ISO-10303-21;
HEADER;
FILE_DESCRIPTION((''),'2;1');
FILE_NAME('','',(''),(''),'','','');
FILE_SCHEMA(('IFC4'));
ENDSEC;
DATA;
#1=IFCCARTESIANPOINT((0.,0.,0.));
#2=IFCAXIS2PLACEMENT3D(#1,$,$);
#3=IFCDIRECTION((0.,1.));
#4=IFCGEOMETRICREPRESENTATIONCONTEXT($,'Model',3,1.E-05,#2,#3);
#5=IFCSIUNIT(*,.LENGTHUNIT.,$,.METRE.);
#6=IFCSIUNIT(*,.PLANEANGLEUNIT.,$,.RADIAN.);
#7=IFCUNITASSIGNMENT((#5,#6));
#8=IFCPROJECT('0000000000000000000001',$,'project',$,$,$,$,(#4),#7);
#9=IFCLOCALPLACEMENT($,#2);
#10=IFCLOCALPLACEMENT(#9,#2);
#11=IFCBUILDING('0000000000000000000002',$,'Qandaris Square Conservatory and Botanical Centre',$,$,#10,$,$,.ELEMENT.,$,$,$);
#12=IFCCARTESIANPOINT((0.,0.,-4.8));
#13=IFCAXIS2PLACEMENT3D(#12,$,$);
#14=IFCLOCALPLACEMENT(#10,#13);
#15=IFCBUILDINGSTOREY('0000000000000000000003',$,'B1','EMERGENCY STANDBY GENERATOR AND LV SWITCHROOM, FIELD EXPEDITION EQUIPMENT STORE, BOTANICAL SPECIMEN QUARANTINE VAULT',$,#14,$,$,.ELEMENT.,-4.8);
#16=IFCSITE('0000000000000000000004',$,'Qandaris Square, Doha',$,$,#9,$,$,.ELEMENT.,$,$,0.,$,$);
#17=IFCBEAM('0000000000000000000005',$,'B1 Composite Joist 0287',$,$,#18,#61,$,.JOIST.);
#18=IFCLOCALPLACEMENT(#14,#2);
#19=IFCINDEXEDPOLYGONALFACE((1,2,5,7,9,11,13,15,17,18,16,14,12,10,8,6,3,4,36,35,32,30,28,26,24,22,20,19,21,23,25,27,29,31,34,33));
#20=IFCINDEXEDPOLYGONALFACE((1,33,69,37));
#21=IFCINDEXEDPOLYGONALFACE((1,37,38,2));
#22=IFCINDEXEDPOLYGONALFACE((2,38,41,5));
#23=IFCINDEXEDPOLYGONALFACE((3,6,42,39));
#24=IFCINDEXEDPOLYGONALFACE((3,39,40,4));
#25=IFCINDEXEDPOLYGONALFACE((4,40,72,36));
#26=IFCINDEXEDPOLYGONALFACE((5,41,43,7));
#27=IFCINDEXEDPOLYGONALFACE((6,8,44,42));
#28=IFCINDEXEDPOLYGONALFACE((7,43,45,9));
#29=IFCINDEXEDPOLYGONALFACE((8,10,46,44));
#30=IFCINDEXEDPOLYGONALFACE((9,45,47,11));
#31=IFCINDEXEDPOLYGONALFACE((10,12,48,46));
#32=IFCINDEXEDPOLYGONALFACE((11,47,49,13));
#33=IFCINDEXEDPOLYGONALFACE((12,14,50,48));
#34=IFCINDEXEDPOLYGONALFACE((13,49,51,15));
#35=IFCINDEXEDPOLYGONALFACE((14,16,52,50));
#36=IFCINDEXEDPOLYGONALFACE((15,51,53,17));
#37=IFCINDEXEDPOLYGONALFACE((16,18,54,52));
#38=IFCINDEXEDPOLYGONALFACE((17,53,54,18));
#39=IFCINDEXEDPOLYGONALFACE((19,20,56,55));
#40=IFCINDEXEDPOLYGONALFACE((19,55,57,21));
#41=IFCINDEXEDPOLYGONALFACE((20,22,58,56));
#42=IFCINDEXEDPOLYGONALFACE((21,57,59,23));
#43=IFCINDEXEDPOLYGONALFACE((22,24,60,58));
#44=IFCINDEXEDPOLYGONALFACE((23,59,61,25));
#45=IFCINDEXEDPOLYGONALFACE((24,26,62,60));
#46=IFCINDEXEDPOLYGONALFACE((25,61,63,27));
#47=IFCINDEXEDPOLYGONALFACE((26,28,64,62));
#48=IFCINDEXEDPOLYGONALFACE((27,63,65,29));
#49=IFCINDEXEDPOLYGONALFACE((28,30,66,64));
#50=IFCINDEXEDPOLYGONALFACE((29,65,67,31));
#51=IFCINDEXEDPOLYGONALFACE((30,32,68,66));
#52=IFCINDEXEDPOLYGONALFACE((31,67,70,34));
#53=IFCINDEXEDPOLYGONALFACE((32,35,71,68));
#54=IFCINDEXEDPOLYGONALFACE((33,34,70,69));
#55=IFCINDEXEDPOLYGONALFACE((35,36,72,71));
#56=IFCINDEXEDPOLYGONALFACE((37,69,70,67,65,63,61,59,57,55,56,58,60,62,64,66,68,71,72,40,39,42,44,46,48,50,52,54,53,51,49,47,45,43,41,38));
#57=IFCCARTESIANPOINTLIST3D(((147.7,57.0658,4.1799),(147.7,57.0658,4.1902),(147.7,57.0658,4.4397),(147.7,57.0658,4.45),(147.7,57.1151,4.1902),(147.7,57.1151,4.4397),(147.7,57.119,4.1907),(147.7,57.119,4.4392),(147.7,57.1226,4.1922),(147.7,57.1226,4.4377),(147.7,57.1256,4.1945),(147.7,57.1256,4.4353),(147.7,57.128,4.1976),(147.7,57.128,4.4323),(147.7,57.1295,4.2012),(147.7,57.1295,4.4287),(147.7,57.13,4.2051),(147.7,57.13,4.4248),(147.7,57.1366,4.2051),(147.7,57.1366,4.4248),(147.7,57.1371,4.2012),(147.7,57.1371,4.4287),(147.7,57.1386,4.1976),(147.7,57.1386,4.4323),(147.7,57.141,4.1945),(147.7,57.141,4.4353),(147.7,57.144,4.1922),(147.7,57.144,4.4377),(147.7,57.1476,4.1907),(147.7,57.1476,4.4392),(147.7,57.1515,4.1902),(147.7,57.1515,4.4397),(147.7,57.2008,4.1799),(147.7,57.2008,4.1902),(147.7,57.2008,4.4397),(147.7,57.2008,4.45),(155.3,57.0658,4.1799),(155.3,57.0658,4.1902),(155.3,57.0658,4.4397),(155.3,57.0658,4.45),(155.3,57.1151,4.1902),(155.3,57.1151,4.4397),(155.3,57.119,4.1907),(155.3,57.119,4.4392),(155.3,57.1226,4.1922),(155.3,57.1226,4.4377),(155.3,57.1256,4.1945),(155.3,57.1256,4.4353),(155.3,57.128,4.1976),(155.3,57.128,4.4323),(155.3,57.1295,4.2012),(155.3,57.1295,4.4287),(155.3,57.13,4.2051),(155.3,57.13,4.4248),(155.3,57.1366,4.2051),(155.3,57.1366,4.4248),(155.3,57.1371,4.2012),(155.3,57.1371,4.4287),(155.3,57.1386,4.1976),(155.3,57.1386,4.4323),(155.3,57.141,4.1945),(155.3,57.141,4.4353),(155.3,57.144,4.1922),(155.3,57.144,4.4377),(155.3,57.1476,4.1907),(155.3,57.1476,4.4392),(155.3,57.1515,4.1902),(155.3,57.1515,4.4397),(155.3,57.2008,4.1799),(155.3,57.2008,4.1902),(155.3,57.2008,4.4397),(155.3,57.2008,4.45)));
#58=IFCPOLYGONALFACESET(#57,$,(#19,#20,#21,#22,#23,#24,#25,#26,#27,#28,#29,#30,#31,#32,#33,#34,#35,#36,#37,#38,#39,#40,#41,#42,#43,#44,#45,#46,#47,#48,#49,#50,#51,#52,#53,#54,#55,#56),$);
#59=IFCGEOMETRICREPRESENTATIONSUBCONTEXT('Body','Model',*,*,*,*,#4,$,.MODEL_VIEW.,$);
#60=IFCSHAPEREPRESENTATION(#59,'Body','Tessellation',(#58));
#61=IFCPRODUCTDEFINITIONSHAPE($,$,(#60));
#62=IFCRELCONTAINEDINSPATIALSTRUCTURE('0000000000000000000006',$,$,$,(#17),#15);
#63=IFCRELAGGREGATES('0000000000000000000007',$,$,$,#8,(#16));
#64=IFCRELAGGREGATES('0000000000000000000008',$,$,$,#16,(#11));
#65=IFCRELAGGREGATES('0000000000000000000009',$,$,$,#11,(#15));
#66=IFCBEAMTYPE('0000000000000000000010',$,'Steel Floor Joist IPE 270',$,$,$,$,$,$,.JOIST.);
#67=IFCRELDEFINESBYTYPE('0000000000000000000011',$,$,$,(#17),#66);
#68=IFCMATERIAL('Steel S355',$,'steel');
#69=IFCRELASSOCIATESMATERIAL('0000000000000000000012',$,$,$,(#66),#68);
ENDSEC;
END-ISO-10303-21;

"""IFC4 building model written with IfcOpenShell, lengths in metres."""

from ifc_helpers import new_model, si_unit, direction, frame, origin, origin_2d, place, context, subcontext, project, spatial, i_section, extrude, material, material_profile, profile_set, type_object, element, save


model = new_model("IFC4")

# Units and contexts
model_context = context("Model", 3, precision=1e-05, world=origin(), true_north=direction((0.0, 1.0)))
body_context = subcontext(model_context, "Body", "Model", "MODEL_VIEW")
ifc_project = project(units=[si_unit("LENGTHUNIT", "METRE"), si_unit("PLANEANGLEUNIT", "RADIAN")], contexts=[model_context])

# Site, building, storey
site_placement = place(None, origin())
site = spatial("IfcSite", under=ifc_project, at=site_placement, Name="Qandaris Square, Doha", CompositionType="ELEMENT", RefElevation=0.0)
building_placement = place(site_placement, origin())
building = spatial("IfcBuilding", under=site, at=building_placement, Name="Qandaris Square Conservatory and Botanical Centre", CompositionType="ELEMENT")
storey_placement = place(building_placement, frame((0.0, 0.0, -4.8)))
storey = spatial("IfcBuildingStorey", under=building, at=storey_placement, Name="B1", Description="EMERGENCY STANDBY GENERATOR AND LV SWITCHROOM, FIELD EXPEDITION EQUIPMENT STORE, BOTANICAL SPECIMEN QUARANTINE VAULT", CompositionType="ELEMENT", Elevation=-4.8)

# Beam
ifc_material_1 = material(Name="Steel S355", Category="steel")
ifc_material_profile_1 = material_profile(ifc_material_1, i_section(OverallWidth=0.135, OverallDepth=0.27, WebThickness=0.0066, FlangeThickness=0.0103, FilletRadius=0.0149, at=origin_2d()), Name="IPE 270")
ifc_profile_set_1 = profile_set([ifc_material_profile_1], Name="Steel S355")
beam_type_1 = type_object("IfcBeamType", Name="Steel Floor Joist IPE 270", PredefinedType="JOIST", material=ifc_profile_set_1)
for number, where, z_axis, x_axis, name in (
    (1, (147.7, 57.1333, 4.3149), (1.0, 0.0, 0.0), (0.0, 1.0, 0.0), "B1 Composite Joist 0287"),
):
    element("IfcBeam", number, at=place(storey_placement, frame(where, z_axis=z_axis, x_axis=x_axis)), inside=storey, type_object=beam_type_1, Name=name, PredefinedType="JOIST", context=body_context, shape_type="SweptSolid", body=[
        extrude(i_section(OverallWidth=0.135, OverallDepth=0.27, WebThickness=0.0066, FlangeThickness=0.0103, FilletRadius=0.0149, at=origin_2d()), origin(), (0.0, 0.0, 1.0), 7.6001),
    ])

save(model, "model.ifc")
